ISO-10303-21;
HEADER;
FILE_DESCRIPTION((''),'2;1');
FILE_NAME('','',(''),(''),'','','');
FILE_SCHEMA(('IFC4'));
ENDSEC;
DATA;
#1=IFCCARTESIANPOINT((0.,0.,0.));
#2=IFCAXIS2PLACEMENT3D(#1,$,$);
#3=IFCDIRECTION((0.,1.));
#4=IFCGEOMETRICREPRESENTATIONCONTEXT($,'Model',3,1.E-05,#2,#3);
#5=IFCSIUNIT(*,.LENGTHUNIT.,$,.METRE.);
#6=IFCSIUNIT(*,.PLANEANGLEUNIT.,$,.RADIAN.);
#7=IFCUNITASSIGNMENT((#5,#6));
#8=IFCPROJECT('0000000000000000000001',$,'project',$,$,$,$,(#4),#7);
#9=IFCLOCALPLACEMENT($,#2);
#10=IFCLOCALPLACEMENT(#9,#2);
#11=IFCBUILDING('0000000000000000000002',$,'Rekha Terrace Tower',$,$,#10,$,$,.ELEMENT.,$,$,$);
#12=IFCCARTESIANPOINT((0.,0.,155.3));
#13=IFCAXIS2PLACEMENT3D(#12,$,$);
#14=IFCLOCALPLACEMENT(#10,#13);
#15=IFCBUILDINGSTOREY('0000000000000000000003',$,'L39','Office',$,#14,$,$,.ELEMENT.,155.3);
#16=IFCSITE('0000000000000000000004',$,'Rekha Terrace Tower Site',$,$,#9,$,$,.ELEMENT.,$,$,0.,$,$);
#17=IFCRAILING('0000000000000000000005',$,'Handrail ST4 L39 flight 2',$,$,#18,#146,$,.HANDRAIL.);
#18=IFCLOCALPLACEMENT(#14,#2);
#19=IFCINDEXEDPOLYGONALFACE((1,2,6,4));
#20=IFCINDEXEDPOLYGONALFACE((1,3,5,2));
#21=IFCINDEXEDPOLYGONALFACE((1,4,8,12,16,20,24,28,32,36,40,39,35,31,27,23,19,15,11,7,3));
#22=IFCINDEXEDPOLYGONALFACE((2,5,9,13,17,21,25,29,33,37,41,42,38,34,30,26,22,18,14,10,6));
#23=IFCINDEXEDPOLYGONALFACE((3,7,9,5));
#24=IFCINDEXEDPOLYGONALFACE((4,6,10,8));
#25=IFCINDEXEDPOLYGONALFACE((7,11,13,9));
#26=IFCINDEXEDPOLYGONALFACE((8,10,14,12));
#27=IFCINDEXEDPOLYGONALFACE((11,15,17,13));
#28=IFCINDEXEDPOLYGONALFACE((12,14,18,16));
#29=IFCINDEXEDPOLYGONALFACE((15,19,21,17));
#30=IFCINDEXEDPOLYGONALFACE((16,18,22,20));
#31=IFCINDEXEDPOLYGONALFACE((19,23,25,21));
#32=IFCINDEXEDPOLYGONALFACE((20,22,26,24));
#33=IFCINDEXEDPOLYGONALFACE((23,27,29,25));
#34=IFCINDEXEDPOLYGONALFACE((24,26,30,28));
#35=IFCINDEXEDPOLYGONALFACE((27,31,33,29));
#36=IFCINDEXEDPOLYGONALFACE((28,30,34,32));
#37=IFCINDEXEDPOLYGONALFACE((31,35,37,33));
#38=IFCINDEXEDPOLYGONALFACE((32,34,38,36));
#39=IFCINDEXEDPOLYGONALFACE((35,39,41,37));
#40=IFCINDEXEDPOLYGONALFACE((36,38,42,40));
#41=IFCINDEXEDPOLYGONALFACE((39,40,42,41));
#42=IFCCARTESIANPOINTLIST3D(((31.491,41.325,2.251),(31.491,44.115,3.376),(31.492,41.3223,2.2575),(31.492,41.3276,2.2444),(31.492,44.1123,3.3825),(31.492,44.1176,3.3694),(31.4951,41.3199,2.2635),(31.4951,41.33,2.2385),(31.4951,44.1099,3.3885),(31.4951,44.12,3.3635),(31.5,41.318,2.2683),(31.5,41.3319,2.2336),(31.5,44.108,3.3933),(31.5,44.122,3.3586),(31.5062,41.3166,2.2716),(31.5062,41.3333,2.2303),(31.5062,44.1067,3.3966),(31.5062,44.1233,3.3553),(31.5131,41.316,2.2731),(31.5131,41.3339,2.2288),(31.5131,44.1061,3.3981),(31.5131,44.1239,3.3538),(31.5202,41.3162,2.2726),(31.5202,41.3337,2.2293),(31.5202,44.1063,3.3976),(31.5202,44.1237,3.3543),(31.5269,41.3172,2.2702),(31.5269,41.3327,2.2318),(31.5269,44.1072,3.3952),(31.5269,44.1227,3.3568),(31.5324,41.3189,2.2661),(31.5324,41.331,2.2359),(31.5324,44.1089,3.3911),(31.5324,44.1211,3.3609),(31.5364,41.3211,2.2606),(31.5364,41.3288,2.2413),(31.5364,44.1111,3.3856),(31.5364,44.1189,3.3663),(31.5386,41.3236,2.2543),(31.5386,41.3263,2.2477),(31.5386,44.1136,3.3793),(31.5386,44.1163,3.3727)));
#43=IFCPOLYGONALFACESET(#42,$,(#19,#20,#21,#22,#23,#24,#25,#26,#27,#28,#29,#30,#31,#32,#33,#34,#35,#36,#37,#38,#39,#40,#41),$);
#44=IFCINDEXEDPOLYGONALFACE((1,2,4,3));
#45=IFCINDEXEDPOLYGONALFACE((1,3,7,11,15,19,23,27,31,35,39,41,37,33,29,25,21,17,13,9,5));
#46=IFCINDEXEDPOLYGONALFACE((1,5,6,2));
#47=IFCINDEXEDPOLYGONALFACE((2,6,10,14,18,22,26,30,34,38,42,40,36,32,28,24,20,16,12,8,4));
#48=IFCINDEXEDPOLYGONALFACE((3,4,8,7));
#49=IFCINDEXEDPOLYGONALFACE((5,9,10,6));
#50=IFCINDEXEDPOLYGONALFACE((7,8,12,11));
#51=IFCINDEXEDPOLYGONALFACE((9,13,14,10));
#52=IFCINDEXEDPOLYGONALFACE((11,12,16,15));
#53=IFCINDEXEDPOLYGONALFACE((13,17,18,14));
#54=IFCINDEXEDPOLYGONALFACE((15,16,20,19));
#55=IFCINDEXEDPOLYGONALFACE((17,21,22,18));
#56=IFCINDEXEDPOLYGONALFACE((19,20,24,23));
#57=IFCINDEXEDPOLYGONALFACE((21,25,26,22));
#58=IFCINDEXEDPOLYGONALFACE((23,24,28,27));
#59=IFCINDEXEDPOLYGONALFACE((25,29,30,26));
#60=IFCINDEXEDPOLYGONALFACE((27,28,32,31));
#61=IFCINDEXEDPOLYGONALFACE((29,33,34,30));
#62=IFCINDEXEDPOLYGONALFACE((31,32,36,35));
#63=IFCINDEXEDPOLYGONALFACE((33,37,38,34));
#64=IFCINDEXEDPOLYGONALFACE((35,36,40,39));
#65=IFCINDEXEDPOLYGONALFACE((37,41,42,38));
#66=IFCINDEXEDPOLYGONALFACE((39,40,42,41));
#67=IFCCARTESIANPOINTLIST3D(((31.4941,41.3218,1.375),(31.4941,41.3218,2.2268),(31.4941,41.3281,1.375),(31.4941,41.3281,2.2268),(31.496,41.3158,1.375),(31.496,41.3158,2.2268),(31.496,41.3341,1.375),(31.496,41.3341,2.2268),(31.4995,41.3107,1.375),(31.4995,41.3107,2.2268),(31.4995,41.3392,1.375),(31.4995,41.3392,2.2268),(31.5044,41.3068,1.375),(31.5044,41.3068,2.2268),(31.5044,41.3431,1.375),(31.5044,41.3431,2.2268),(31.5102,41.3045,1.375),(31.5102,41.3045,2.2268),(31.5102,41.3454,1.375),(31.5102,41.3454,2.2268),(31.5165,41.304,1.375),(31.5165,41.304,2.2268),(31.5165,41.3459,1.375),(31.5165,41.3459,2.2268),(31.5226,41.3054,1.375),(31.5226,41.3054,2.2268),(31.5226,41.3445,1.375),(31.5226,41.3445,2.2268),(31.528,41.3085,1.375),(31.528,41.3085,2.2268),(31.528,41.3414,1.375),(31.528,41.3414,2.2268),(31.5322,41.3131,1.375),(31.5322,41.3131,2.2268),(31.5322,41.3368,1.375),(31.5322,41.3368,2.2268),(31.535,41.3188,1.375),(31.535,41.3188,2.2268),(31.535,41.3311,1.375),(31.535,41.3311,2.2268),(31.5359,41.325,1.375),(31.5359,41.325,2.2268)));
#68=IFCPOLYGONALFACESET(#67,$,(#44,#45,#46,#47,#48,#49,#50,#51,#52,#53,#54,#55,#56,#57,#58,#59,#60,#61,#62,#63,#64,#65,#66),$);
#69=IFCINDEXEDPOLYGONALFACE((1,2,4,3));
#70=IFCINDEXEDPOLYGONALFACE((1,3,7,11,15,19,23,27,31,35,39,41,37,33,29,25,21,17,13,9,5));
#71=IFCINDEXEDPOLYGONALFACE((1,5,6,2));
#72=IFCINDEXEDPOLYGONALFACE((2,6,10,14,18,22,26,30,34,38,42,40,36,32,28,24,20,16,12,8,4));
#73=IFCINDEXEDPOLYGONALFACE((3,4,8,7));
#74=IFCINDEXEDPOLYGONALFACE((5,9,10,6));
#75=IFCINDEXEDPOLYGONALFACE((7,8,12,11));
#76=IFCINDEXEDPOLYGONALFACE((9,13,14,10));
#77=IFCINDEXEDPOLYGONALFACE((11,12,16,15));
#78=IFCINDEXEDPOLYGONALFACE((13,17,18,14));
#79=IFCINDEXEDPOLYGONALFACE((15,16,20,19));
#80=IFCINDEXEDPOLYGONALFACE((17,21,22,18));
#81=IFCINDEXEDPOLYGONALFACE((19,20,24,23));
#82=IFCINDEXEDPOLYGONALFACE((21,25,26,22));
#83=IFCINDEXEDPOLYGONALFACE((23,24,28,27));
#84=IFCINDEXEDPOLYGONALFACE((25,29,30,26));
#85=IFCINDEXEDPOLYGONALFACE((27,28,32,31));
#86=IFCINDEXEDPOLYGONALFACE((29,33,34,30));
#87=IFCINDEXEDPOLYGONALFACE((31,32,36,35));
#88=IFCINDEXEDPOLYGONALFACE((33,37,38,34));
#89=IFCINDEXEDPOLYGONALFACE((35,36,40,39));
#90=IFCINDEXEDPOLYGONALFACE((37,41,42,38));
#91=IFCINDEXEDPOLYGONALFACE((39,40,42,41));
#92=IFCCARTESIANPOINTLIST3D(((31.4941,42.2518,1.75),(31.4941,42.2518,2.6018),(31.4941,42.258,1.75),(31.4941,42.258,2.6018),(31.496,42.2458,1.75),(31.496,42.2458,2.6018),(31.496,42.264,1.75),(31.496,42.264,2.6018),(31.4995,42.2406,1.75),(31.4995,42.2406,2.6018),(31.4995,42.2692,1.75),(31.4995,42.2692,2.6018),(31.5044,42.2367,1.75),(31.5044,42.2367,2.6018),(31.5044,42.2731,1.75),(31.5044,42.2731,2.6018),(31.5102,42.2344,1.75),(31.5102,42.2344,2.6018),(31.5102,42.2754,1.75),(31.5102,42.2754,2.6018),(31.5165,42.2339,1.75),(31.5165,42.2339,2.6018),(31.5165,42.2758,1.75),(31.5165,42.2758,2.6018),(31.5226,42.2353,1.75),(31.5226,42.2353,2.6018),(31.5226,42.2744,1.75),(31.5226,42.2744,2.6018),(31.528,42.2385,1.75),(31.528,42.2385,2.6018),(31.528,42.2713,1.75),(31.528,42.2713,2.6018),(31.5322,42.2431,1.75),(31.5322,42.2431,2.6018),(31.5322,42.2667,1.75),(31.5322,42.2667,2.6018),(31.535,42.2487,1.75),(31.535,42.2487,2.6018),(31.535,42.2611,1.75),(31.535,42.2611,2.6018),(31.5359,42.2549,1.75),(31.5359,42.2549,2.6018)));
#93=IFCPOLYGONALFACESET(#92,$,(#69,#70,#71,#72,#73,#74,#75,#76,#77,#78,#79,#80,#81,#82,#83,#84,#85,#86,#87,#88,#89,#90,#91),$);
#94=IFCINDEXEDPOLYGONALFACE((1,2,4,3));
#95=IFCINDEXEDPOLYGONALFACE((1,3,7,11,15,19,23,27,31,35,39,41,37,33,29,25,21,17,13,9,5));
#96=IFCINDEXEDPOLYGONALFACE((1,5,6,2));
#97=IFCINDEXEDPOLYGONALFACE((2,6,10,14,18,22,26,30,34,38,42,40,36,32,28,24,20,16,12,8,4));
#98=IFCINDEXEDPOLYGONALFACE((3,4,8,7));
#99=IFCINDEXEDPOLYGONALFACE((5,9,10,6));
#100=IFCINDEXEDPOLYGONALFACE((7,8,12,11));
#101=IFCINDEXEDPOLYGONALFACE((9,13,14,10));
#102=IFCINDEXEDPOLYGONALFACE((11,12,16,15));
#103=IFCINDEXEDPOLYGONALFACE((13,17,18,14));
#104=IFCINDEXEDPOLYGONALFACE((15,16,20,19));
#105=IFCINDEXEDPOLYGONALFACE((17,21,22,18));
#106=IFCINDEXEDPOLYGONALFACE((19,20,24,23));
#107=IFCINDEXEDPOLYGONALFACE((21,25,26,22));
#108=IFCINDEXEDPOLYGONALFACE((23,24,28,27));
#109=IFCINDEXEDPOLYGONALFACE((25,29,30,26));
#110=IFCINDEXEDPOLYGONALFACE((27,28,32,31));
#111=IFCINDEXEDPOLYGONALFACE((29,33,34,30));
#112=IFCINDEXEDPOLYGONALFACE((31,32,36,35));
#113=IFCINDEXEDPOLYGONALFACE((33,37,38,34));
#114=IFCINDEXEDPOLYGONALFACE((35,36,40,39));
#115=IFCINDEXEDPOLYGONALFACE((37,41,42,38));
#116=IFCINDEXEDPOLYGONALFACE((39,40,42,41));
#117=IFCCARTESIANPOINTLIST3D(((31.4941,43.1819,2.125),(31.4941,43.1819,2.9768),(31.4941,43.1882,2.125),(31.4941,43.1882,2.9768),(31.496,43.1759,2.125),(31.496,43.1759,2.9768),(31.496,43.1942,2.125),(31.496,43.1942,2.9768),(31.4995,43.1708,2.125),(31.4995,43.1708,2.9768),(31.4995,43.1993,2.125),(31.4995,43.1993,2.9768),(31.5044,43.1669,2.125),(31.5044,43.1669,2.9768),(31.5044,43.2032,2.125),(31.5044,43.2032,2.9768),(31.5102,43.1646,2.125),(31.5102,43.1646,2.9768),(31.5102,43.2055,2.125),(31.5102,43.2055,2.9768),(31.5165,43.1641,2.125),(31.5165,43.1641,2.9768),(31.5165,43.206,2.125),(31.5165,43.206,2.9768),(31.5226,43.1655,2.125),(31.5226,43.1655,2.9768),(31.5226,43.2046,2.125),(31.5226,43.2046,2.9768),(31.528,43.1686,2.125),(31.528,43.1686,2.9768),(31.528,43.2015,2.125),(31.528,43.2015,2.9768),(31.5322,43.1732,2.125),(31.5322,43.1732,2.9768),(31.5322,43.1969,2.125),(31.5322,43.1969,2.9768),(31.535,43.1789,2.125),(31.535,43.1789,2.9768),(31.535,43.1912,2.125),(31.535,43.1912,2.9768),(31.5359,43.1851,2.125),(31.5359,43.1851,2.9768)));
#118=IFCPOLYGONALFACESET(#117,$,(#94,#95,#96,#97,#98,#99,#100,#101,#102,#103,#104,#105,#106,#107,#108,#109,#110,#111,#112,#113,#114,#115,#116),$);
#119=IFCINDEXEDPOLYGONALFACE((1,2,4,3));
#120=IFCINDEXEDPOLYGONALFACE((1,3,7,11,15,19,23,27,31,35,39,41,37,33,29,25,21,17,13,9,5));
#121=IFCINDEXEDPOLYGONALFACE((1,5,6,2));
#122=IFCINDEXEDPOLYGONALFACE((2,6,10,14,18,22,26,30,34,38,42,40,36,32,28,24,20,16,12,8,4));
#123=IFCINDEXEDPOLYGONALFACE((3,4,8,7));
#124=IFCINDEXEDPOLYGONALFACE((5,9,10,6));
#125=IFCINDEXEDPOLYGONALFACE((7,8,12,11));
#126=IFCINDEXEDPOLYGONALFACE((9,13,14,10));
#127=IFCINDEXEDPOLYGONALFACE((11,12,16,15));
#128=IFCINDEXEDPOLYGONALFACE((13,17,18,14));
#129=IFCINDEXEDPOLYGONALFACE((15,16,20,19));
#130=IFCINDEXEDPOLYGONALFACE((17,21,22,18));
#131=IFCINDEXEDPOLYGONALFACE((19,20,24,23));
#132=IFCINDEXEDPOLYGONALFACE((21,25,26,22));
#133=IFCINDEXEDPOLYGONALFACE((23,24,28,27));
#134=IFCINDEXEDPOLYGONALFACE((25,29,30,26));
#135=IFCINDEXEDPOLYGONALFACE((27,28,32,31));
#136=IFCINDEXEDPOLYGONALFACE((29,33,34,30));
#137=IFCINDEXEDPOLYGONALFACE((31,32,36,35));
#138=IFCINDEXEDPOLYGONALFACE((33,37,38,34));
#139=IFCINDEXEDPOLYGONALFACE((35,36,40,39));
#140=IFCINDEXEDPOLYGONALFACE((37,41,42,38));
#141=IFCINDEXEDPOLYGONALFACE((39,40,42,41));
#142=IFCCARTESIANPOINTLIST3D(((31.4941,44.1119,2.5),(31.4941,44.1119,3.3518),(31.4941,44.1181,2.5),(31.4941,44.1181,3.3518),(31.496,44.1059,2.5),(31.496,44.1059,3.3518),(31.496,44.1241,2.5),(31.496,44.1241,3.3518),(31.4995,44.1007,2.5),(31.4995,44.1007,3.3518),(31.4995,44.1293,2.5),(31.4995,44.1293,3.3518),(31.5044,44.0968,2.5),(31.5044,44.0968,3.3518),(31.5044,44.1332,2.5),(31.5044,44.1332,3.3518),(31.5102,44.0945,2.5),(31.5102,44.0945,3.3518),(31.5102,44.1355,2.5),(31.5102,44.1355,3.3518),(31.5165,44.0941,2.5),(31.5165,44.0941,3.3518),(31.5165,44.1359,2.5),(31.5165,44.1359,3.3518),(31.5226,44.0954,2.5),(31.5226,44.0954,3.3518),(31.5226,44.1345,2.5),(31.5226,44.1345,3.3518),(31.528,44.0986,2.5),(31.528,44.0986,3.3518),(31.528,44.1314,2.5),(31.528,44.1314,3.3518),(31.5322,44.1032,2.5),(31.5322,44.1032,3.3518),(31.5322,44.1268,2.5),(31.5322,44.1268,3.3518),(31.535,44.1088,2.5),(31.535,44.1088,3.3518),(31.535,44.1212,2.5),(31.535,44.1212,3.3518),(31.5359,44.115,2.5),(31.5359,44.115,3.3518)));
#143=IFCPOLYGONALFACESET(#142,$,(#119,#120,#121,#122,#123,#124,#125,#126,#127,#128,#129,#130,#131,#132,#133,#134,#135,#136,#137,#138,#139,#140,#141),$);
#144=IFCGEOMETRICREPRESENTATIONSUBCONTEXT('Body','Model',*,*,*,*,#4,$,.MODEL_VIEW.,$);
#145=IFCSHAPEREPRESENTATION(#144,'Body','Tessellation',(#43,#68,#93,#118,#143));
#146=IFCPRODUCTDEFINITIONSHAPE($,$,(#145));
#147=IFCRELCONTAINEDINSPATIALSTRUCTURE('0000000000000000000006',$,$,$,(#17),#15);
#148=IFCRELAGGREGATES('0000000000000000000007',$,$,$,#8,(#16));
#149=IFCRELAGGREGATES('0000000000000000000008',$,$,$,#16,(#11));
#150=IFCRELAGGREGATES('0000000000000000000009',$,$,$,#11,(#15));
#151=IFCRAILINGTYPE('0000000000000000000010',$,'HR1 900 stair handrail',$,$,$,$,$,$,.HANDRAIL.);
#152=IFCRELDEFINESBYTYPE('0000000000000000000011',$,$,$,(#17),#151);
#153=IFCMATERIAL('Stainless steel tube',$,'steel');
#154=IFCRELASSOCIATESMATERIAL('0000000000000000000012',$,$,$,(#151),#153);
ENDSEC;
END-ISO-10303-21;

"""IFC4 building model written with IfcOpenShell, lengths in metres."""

from ifc_helpers import new_model, si_unit, direction, frame, origin, origin_2d, place, context, subcontext, project, spatial, circle, extrude, material, type_object, element, save


model = new_model("IFC4")

# Units and contexts
model_context = context("Model", 3, precision=1e-05, world=origin(), true_north=direction((0.0, 1.0)))
body_context = subcontext(model_context, "Body", "Model", "MODEL_VIEW")
ifc_project = project(units=[si_unit("LENGTHUNIT", "METRE"), si_unit("PLANEANGLEUNIT", "RADIAN")], contexts=[model_context])

# Site, building, storey
site_placement = place(None, origin())
site = spatial("IfcSite", under=ifc_project, at=site_placement, Name="Rekha Terrace Tower Site", CompositionType="ELEMENT", RefElevation=0.0)
building_placement = place(site_placement, origin())
building = spatial("IfcBuilding", under=site, at=building_placement, Name="Rekha Terrace Tower", CompositionType="ELEMENT")
storey_placement = place(building_placement, frame((0.0, 0.0, 155.3)))
storey = spatial("IfcBuildingStorey", under=building, at=storey_placement, Name="L39", Description="Office", CompositionType="ELEMENT", Elevation=155.3)

# Railing
ifc_material_1 = material(Name="Stainless steel tube", Category="steel")
railing_type_1 = type_object("IfcRailingType", Name="HR1 900 stair handrail", PredefinedType="HANDRAIL", material=ifc_material_1)
railing_1_placement = place(storey_placement, frame((31.5149, 41.325, 1.375)))
element("IfcRailing", 1, at=railing_1_placement, inside=storey, type_object=railing_type_1, Name="Handrail ST4 L39 flight 2", PredefinedType="HANDRAIL", context=body_context, shape_type="SweptSolid", body=[
    extrude(circle(Radius=0.0239, at=origin_2d()), frame((0.0, 0.0, 0.876), z_axis=(0.0, 0.927443, 0.373964), x_axis=(-1.0, 0.0, 0.0)), (0.0, 0.0, 1.0), 3.0083),
    extrude(circle(Radius=0.021, at=origin_2d()), origin(), (0.0, 0.0, 1.0), 0.8518),
    extrude(circle(Radius=0.021, at=origin_2d()), frame((0.0, 0.9299, 0.375)), (0.0, 0.0, 1.0), 0.8518),
    extrude(circle(Radius=0.021, at=origin_2d()), frame((0.0, 1.8601, 0.75)), (0.0, 0.0, 1.0), 0.8518),
    extrude(circle(Radius=0.021, at=origin_2d()), frame((0.0, 2.79, 1.125)), (0.0, 0.0, 1.0), 0.8518),
])

save(model, "model.ifc")
